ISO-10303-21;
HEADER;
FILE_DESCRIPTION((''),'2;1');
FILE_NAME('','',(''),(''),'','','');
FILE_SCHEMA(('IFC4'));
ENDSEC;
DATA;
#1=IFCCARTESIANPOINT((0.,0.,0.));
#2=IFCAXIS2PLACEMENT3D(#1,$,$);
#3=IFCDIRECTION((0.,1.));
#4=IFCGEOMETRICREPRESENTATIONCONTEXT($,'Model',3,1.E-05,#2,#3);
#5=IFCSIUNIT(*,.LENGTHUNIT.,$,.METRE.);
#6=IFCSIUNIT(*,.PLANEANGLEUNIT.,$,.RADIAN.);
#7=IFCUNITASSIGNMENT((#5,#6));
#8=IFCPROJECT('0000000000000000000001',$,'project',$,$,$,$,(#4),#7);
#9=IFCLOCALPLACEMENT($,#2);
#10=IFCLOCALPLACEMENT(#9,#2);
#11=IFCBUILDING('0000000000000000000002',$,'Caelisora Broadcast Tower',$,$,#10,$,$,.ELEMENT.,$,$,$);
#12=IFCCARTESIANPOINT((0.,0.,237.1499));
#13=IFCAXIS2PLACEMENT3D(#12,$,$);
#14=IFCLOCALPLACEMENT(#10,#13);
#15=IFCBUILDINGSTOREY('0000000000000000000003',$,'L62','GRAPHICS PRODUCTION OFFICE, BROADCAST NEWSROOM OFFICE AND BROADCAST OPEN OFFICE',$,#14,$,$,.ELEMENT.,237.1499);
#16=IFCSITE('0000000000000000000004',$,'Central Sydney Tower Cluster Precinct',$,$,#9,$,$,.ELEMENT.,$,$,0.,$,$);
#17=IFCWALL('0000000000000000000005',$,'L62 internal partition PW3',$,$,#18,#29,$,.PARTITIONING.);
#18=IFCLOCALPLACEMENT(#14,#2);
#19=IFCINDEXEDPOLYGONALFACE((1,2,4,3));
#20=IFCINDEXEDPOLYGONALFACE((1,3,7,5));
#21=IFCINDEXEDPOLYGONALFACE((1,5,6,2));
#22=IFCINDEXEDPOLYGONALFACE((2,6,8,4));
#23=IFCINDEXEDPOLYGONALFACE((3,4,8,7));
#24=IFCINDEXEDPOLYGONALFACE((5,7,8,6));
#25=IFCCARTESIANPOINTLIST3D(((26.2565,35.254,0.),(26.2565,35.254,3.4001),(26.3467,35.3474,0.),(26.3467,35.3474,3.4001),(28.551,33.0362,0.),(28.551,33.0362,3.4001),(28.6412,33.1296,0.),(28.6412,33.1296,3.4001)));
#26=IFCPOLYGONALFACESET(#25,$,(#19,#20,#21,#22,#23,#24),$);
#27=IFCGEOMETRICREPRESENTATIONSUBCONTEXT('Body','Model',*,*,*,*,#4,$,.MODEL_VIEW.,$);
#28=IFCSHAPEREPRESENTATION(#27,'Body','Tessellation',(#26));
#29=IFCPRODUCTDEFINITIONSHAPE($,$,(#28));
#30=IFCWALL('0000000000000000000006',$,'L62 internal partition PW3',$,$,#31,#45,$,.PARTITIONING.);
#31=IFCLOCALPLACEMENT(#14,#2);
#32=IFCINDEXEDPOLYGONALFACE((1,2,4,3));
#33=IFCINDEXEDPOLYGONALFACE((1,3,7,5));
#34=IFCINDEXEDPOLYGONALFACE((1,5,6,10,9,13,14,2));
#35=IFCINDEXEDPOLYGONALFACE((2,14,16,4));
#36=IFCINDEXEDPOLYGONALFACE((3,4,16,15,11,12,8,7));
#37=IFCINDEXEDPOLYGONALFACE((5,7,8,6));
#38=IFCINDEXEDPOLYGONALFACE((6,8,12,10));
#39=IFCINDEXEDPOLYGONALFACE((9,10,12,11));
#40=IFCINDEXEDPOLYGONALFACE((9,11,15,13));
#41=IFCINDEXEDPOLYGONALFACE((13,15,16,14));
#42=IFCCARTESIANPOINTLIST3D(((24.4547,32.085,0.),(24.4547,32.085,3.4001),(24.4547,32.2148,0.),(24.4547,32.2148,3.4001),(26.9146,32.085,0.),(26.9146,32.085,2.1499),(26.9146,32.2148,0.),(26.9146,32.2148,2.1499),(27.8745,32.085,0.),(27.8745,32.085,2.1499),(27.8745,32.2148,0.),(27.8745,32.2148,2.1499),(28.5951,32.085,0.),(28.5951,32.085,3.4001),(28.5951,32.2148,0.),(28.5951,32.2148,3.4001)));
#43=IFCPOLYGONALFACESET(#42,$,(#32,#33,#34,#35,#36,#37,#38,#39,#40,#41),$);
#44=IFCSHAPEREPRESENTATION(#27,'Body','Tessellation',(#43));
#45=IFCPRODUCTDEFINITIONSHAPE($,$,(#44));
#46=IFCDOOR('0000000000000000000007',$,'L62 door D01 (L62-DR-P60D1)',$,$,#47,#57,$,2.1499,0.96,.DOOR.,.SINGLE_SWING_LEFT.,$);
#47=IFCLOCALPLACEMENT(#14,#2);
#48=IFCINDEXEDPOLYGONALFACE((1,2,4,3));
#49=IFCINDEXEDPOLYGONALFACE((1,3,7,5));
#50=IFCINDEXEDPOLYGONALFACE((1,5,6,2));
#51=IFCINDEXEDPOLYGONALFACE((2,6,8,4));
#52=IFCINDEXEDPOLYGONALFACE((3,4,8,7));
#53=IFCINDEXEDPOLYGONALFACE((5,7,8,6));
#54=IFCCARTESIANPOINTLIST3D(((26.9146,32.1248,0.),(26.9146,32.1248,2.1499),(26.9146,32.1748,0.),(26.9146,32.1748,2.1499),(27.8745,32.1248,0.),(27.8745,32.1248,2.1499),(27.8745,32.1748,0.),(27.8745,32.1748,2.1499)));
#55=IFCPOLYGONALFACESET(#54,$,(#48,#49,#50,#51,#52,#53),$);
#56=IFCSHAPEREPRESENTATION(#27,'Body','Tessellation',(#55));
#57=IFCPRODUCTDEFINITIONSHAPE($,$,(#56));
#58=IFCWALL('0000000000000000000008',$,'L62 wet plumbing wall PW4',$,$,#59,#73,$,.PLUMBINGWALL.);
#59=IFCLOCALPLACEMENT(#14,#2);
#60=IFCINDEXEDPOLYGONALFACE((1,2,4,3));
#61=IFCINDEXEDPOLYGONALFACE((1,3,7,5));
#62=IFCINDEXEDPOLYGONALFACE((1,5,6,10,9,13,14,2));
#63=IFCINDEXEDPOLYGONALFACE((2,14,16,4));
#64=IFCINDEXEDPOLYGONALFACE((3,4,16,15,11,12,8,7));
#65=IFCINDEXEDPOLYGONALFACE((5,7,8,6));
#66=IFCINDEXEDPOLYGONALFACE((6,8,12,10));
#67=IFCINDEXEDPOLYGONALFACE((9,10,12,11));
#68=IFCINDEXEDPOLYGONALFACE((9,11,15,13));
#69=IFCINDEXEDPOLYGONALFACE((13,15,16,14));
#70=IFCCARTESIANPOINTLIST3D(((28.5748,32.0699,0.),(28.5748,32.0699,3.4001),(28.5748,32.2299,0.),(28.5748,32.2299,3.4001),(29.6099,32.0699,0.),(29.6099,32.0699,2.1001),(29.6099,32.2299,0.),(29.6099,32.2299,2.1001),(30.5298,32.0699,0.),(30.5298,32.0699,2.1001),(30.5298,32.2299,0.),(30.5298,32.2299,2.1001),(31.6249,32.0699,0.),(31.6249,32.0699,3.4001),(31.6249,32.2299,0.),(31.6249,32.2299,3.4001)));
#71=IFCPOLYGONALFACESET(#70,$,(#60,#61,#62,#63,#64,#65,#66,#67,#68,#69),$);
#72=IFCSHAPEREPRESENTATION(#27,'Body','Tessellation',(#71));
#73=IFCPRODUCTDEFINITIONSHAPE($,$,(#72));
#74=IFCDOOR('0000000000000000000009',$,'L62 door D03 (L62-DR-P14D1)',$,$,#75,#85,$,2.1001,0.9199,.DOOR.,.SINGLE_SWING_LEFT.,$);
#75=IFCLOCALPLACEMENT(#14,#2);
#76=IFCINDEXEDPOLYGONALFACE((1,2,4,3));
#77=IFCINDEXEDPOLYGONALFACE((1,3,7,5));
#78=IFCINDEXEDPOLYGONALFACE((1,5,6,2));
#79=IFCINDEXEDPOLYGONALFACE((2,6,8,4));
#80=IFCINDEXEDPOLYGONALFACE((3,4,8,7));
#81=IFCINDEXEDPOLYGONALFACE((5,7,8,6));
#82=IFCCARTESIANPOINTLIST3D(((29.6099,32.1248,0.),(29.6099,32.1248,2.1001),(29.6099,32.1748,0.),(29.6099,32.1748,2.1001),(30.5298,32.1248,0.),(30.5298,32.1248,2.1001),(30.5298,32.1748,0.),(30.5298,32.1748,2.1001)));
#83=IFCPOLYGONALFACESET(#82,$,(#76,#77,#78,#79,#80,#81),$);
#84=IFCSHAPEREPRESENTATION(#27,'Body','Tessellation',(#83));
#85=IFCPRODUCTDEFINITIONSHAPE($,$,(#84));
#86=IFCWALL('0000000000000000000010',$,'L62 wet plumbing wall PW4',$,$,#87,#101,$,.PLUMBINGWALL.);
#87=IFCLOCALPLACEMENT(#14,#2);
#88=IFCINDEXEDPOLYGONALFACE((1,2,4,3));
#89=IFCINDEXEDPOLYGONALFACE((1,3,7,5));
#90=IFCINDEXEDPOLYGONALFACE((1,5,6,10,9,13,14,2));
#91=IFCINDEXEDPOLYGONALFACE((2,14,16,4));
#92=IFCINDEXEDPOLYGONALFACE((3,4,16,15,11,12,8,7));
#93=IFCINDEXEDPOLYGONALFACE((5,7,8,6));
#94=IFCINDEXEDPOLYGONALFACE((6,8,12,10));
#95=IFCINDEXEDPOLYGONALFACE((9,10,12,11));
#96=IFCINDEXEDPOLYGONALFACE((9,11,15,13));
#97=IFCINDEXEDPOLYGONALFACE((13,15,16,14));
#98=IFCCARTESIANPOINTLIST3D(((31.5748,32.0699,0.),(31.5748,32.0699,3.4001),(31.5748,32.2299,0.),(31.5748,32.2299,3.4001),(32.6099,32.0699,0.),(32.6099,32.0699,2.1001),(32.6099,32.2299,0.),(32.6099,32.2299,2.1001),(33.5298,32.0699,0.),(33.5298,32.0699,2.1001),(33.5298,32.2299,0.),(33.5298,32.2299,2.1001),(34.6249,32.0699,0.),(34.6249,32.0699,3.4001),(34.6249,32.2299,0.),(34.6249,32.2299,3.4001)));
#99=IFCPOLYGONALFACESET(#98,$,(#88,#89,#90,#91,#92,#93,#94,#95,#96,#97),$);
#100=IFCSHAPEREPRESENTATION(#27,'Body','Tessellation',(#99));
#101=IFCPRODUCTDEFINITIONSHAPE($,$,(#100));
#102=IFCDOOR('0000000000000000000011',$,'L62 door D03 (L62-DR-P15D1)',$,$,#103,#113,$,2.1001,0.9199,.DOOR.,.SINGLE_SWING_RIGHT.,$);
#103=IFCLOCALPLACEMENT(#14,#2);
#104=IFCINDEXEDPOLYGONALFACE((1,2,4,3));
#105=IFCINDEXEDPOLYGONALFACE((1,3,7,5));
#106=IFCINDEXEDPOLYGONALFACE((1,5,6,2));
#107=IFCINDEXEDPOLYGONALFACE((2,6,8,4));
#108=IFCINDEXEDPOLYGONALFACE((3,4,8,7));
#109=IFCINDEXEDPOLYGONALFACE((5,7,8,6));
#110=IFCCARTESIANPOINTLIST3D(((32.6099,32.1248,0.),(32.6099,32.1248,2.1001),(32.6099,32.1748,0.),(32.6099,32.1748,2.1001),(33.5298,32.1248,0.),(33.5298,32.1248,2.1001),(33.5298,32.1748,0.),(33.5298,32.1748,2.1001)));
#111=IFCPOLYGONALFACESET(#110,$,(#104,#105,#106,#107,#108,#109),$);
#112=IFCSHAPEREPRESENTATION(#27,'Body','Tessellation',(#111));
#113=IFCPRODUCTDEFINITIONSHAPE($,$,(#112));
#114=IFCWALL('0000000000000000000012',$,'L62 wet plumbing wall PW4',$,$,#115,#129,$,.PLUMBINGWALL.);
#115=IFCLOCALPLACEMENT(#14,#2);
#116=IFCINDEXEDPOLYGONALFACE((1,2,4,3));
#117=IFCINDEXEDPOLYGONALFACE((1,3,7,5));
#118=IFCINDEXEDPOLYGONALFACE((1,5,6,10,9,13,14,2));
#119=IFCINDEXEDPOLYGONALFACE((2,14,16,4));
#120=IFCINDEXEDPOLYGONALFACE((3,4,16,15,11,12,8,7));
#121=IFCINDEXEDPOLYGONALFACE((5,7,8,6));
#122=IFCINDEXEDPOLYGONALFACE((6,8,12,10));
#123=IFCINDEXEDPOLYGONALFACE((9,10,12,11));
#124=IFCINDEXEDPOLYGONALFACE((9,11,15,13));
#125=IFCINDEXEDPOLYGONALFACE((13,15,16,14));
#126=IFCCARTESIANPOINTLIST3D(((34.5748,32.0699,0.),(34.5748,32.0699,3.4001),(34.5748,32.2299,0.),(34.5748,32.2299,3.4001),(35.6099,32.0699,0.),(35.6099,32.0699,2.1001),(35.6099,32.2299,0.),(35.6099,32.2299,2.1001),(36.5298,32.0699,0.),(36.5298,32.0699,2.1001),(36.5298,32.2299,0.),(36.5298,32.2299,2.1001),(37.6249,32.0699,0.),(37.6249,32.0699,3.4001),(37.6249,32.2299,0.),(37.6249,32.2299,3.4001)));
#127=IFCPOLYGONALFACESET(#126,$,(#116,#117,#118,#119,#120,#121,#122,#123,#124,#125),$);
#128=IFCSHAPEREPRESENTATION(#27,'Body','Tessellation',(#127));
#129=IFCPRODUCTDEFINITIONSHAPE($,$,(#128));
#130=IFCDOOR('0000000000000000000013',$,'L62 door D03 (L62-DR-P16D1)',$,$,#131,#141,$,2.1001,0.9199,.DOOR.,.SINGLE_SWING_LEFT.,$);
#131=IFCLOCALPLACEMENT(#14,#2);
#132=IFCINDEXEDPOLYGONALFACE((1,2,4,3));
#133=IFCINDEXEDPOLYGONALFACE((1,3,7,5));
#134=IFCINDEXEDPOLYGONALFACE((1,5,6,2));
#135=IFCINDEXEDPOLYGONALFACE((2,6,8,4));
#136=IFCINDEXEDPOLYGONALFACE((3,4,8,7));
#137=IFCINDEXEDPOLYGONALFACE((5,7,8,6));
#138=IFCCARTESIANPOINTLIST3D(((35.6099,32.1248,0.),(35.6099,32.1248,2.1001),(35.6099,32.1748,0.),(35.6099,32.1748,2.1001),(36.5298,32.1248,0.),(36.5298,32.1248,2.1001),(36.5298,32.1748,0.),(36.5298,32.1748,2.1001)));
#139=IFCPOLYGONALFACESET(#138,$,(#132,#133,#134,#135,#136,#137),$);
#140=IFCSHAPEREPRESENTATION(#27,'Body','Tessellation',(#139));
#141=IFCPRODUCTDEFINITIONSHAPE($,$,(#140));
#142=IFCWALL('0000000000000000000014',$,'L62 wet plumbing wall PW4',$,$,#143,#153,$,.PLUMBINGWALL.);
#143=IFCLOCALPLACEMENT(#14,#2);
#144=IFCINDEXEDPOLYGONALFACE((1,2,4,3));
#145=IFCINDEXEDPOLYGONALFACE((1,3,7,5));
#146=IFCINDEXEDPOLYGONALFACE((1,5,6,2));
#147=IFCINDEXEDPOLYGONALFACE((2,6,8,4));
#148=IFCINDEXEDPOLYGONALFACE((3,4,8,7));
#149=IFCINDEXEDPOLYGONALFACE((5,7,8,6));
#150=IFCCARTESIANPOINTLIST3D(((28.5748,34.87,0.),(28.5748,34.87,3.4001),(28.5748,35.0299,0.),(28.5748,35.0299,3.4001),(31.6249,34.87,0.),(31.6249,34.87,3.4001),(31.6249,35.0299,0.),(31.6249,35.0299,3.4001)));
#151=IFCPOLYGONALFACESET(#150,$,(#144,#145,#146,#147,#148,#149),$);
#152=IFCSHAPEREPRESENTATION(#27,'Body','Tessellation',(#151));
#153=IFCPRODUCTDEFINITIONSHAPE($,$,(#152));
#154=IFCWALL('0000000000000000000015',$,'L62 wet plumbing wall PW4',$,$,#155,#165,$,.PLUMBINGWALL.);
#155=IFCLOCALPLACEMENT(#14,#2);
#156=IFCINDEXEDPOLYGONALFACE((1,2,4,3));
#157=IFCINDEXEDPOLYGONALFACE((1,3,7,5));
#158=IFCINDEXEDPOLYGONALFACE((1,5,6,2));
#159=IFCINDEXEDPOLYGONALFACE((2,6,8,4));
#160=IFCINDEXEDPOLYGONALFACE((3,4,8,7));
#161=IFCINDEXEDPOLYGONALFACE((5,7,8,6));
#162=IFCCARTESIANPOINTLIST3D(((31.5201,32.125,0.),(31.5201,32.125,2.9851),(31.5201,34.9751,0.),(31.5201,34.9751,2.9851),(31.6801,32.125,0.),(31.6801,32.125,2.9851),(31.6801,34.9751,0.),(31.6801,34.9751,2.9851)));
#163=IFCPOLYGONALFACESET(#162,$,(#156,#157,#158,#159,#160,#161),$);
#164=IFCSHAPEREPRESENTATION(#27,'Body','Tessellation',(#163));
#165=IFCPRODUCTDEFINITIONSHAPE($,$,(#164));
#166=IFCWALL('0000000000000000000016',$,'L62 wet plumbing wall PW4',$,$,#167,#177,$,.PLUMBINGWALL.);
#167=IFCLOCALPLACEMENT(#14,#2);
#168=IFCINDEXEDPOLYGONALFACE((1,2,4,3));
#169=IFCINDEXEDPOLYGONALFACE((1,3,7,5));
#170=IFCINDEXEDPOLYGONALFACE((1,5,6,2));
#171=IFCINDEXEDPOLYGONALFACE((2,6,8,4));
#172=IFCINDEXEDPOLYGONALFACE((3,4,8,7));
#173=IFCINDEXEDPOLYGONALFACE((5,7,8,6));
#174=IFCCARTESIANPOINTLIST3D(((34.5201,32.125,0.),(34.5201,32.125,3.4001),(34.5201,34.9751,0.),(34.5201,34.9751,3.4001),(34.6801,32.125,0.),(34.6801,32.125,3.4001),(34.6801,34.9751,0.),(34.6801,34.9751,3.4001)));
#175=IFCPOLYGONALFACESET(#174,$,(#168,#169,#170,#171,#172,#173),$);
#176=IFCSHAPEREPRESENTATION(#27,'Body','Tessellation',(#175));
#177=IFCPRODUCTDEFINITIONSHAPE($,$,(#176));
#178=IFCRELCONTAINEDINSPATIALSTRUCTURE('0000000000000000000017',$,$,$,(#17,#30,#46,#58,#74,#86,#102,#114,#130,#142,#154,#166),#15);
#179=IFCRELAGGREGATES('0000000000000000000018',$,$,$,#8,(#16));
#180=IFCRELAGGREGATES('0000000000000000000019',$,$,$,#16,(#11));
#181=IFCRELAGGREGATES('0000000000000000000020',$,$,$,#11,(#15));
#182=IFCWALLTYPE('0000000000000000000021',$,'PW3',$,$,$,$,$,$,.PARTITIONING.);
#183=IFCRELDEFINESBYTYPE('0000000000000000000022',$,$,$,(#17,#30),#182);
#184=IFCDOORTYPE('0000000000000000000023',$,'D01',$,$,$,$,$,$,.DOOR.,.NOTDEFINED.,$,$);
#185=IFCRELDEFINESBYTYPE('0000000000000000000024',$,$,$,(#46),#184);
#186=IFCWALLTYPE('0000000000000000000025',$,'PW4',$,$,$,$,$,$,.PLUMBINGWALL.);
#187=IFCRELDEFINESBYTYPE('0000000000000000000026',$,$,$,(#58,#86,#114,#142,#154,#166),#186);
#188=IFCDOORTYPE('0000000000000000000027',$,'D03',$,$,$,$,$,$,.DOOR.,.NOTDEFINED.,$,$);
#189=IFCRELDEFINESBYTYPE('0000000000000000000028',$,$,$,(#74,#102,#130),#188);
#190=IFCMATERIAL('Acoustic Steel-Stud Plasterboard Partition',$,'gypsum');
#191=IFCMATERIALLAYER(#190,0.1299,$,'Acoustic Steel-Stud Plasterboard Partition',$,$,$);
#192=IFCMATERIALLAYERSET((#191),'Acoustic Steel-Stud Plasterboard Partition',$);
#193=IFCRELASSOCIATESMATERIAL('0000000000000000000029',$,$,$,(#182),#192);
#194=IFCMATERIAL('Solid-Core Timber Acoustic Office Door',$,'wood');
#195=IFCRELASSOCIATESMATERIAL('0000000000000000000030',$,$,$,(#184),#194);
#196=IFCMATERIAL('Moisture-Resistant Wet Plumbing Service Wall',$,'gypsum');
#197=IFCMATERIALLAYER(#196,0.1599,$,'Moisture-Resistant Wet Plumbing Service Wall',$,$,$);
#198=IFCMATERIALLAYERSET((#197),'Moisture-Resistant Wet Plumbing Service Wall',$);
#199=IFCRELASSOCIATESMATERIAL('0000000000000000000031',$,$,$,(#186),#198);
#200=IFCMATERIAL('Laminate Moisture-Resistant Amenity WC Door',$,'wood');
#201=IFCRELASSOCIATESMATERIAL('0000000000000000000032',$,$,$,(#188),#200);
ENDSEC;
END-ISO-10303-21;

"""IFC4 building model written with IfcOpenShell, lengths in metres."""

from ifc_helpers import new_model, si_unit, direction, frame, frame_2d, origin, place, context, subcontext, project, spatial, rectangle, extrude, material, layer, layer_set, type_object, element, fill, save


model = new_model("IFC4")

# Units and contexts
model_context = context("Model", 3, precision=1e-05, world=origin(), true_north=direction((0.0, 1.0)))
body_context = subcontext(model_context, "Body", "Model", "MODEL_VIEW")
ifc_project = project(units=[si_unit("LENGTHUNIT", "METRE"), si_unit("PLANEANGLEUNIT", "RADIAN")], contexts=[model_context])

# Site, building, storey
site_placement = place(None, origin())
site = spatial("IfcSite", under=ifc_project, at=site_placement, Name="Central Sydney Tower Cluster Precinct", CompositionType="ELEMENT", RefElevation=0.0)
building_placement = place(site_placement, origin())
building = spatial("IfcBuilding", under=site, at=building_placement, Name="Caelisora Broadcast Tower", CompositionType="ELEMENT")
storey_placement = place(building_placement, frame((0.0, 0.0, 237.1499)))
storey = spatial("IfcBuildingStorey", under=building, at=storey_placement, Name="L62", Description="GRAPHICS PRODUCTION OFFICE, BROADCAST NEWSROOM OFFICE AND BROADCAST OPEN OFFICE", CompositionType="ELEMENT", Elevation=237.1499)

# Wall
ifc_material_1 = material(Name="Acoustic Steel-Stud Plasterboard Partition", Category="gypsum")
ifc_layer_1 = layer(ifc_material_1, 0.1299, Name="Acoustic Steel-Stud Plasterboard Partition")
ifc_layer_set_1 = layer_set([ifc_layer_1], Name="Acoustic Steel-Stud Plasterboard Partition")
wall_type_1 = type_object("IfcWallType", Name="PW3", PredefinedType="PARTITIONING", material=ifc_layer_set_1)
wall_1_placement = place(storey_placement, frame((26.3015, 35.3008, 0.0), z_axis=(0.0, 0.0, 1.0), x_axis=(0.719016, -0.694993, 0.0)))
element("IfcWall", 1, at=wall_1_placement, inside=storey, type_object=wall_type_1, Name="L62 internal partition PW3", PredefinedType="PARTITIONING", context=body_context, shape_type="SweptSolid", body=[
    extrude(rectangle(XDim=3.1912, YDim=0.1299, at=frame_2d((1.5957, 0.0))), origin(), (0.0, 0.0, 1.0), 3.4001),
])

# Walls, openings, doors
wall_2_placement = place(storey_placement, frame((24.4546, 32.1499, 0.0), z_axis=(0.0, 0.0, 1.0), x_axis=(1.0, 0.0, 0.0)))
wall_2 = element("IfcWall", 2, at=wall_2_placement, inside=storey, type_object=wall_type_1, Name="L62 internal partition PW3", PredefinedType="PARTITIONING", context=body_context, shape_type="SweptSolid", body=[
    extrude(rectangle(XDim=4.1404, YDim=0.1299, at=frame_2d((2.0703, 0.0))), origin(), (0.0, 0.0, 1.0), 3.4001),
])
opening_1_placement = place(wall_2_placement, frame((2.46, 0.0, 0.0)))
opening_1 = element("IfcOpeningElement", 3, at=opening_1_placement, cuts=wall_2, PredefinedType="OPENING", context=body_context, shape_type="SweptSolid", body=[
    extrude(rectangle(XDim=0.96, YDim=2.1499, at=frame_2d((0.48, 1.075))), frame((0.0, 0.0769, 0.0), z_axis=(0.0, -1.0, 0.0), x_axis=(1.0, 0.0, 0.0)), (0.0, 0.0, 1.0), 0.1538),
])
ifc_material_2 = material(Name="Solid-Core Timber Acoustic Office Door", Category="wood")
door_type_1 = type_object("IfcDoorType", Name="D01", OperationType="NOTDEFINED", PredefinedType="DOOR", material=ifc_material_2)
door_1_placement = place(opening_1_placement, origin())
door_1 = element("IfcDoor", 4, at=door_1_placement, inside=storey, type_object=door_type_1, Name="L62 door D01 (L62-DR-P60D1)", OperationType="SINGLE_SWING_LEFT", OverallHeight=2.1499, OverallWidth=0.96, PredefinedType="DOOR", context=body_context, shape_type="SweptSolid", body=[
    extrude(rectangle(XDim=0.96, YDim=2.1499, at=frame_2d((0.48, 1.075))), frame((0.0, 0.0249, 0.0), z_axis=(0.0, -1.0, 0.0), x_axis=(1.0, 0.0, 0.0)), (0.0, 0.0, 1.0), 0.05),
])
fill(opening_1, door_1)
ifc_material_3 = material(Name="Moisture-Resistant Wet Plumbing Service Wall", Category="gypsum")
ifc_layer_2 = layer(ifc_material_3, 0.1599, Name="Moisture-Resistant Wet Plumbing Service Wall")
ifc_layer_set_2 = layer_set([ifc_layer_2], Name="Moisture-Resistant Wet Plumbing Service Wall")
wall_type_2 = type_object("IfcWallType", Name="PW4", PredefinedType="PLUMBINGWALL", material=ifc_layer_set_2)
wall_3_placement = place(storey_placement, frame((28.575, 32.1499, 0.0), z_axis=(0.0, 0.0, 1.0), x_axis=(1.0, 0.0, 0.0)))
wall_3 = element("IfcWall", 5, at=wall_3_placement, inside=storey, type_object=wall_type_2, Name="L62 wet plumbing wall PW4", PredefinedType="PLUMBINGWALL", context=body_context, shape_type="SweptSolid", body=[
    extrude(rectangle(XDim=3.05, YDim=0.1599, at=frame_2d((1.5249, 0.0))), origin(), (0.0, 0.0, 1.0), 3.4001),
])
opening_2_placement = place(wall_3_placement, frame((1.0349, 0.0, 0.0)))
opening_2 = element("IfcOpeningElement", 6, at=opening_2_placement, cuts=wall_3, PredefinedType="OPENING", context=body_context, shape_type="SweptSolid", body=[
    extrude(rectangle(XDim=0.9199, YDim=2.1001, at=frame_2d((0.46, 1.05))), frame((0.0, 0.092, 0.0), z_axis=(0.0, -1.0, 0.0), x_axis=(1.0, 0.0, 0.0)), (0.0, 0.0, 1.0), 0.1838),
])
ifc_material_4 = material(Name="Laminate Moisture-Resistant Amenity WC Door", Category="wood")
door_type_2 = type_object("IfcDoorType", Name="D03", OperationType="NOTDEFINED", PredefinedType="DOOR", material=ifc_material_4)
door_2_placement = place(opening_2_placement, origin())
door_2 = element("IfcDoor", 7, at=door_2_placement, inside=storey, type_object=door_type_2, Name="L62 door D03 (L62-DR-P14D1)", OperationType="SINGLE_SWING_LEFT", OverallHeight=2.1001, OverallWidth=0.9199, PredefinedType="DOOR", context=body_context, shape_type="SweptSolid", body=[
    extrude(rectangle(XDim=0.9199, YDim=2.1001, at=frame_2d((0.46, 1.05))), frame((0.0, 0.0249, 0.0), z_axis=(0.0, -1.0, 0.0), x_axis=(1.0, 0.0, 0.0)), (0.0, 0.0, 1.0), 0.05),
])
fill(opening_2, door_2)
wall_4_placement = place(storey_placement, frame((31.575, 32.1499, 0.0), z_axis=(0.0, 0.0, 1.0), x_axis=(1.0, 0.0, 0.0)))
wall_4 = element("IfcWall", 8, at=wall_4_placement, inside=storey, type_object=wall_type_2, Name="L62 wet plumbing wall PW4", PredefinedType="PLUMBINGWALL", context=body_context, shape_type="SweptSolid", body=[
    extrude(rectangle(XDim=3.05, YDim=0.1599, at=frame_2d((1.5249, 0.0))), origin(), (0.0, 0.0, 1.0), 3.4001),
])
opening_3_placement = place(wall_4_placement, frame((1.0349, 0.0, 0.0)))
opening_3 = element("IfcOpeningElement", 9, at=opening_3_placement, cuts=wall_4, PredefinedType="OPENING", context=body_context, shape_type="SweptSolid", body=[
    extrude(rectangle(XDim=0.9199, YDim=2.1001, at=frame_2d((0.46, 1.05))), frame((0.0, 0.092, 0.0), z_axis=(0.0, -1.0, 0.0), x_axis=(1.0, 0.0, 0.0)), (0.0, 0.0, 1.0), 0.1838),
])
door_3_placement = place(opening_3_placement, origin())
door_3 = element("IfcDoor", 10, at=door_3_placement, inside=storey, type_object=door_type_2, Name="L62 door D03 (L62-DR-P15D1)", OperationType="SINGLE_SWING_RIGHT", OverallHeight=2.1001, OverallWidth=0.9199, PredefinedType="DOOR", context=body_context, shape_type="SweptSolid", body=[
    extrude(rectangle(XDim=0.9199, YDim=2.1001, at=frame_2d((0.46, 1.05))), frame((0.0, 0.0249, 0.0), z_axis=(0.0, -1.0, 0.0), x_axis=(1.0, 0.0, 0.0)), (0.0, 0.0, 1.0), 0.05),
])
fill(opening_3, door_3)
wall_5_placement = place(storey_placement, frame((34.575, 32.1499, 0.0), z_axis=(0.0, 0.0, 1.0), x_axis=(1.0, 0.0, 0.0)))
wall_5 = element("IfcWall", 11, at=wall_5_placement, inside=storey, type_object=wall_type_2, Name="L62 wet plumbing wall PW4", PredefinedType="PLUMBINGWALL", context=body_context, shape_type="SweptSolid", body=[
    extrude(rectangle(XDim=3.05, YDim=0.1599, at=frame_2d((1.5249, 0.0))), origin(), (0.0, 0.0, 1.0), 3.4001),
])
opening_4_placement = place(wall_5_placement, frame((1.0349, 0.0, 0.0)))
opening_4 = element("IfcOpeningElement", 12, at=opening_4_placement, cuts=wall_5, PredefinedType="OPENING", context=body_context, shape_type="SweptSolid", body=[
    extrude(rectangle(XDim=0.9199, YDim=2.1001, at=frame_2d((0.46, 1.05))), frame((0.0, 0.092, 0.0), z_axis=(0.0, -1.0, 0.0), x_axis=(1.0, 0.0, 0.0)), (0.0, 0.0, 1.0), 0.1838),
])
door_4_placement = place(opening_4_placement, origin())
door_4 = element("IfcDoor", 13, at=door_4_placement, inside=storey, type_object=door_type_2, Name="L62 door D03 (L62-DR-P16D1)", OperationType="SINGLE_SWING_LEFT", OverallHeight=2.1001, OverallWidth=0.9199, PredefinedType="DOOR", context=body_context, shape_type="SweptSolid", body=[
    extrude(rectangle(XDim=0.9199, YDim=2.1001, at=frame_2d((0.46, 1.05))), frame((0.0, 0.0249, 0.0), z_axis=(0.0, -1.0, 0.0), x_axis=(1.0, 0.0, 0.0)), (0.0, 0.0, 1.0), 0.05),
])
fill(opening_4, door_4)

# Walls
wall_6_placement = place(storey_placement, frame((28.575, 34.95, 0.0), z_axis=(0.0, 0.0, 1.0), x_axis=(1.0, 0.0, 0.0)))
element("IfcWall", 14, at=wall_6_placement, inside=storey, type_object=wall_type_2, Name="L62 wet plumbing wall PW4", PredefinedType="PLUMBINGWALL", context=body_context, shape_type="SweptSolid", body=[
    extrude(rectangle(XDim=3.05, YDim=0.1599, at=frame_2d((1.5249, 0.0))), origin(), (0.0, 0.0, 1.0), 3.4001),
])
wall_7_placement = place(storey_placement, frame((31.6001, 32.125, 0.0), z_axis=(0.0, 0.0, 1.0), x_axis=(0.0, 1.0, 0.0)))
element("IfcWall", 15, at=wall_7_placement, inside=storey, type_object=wall_type_2, Name="L62 wet plumbing wall PW4", PredefinedType="PLUMBINGWALL", context=body_context, shape_type="SweptSolid", body=[
    extrude(rectangle(XDim=2.8501, YDim=0.1599, at=frame_2d((1.425, 0.0))), origin(), (0.0, 0.0, 1.0), 2.9851),
])
wall_8_placement = place(storey_placement, frame((34.6001, 32.125, 0.0), z_axis=(0.0, 0.0, 1.0), x_axis=(0.0, 1.0, 0.0)))
element("IfcWall", 16, at=wall_8_placement, inside=storey, type_object=wall_type_2, Name="L62 wet plumbing wall PW4", PredefinedType="PLUMBINGWALL", context=body_context, shape_type="SweptSolid", body=[
    extrude(rectangle(XDim=2.8501, YDim=0.1599, at=frame_2d((1.425, 0.0))), origin(), (0.0, 0.0, 1.0), 3.4001),
])

save(model, "model.ifc")
